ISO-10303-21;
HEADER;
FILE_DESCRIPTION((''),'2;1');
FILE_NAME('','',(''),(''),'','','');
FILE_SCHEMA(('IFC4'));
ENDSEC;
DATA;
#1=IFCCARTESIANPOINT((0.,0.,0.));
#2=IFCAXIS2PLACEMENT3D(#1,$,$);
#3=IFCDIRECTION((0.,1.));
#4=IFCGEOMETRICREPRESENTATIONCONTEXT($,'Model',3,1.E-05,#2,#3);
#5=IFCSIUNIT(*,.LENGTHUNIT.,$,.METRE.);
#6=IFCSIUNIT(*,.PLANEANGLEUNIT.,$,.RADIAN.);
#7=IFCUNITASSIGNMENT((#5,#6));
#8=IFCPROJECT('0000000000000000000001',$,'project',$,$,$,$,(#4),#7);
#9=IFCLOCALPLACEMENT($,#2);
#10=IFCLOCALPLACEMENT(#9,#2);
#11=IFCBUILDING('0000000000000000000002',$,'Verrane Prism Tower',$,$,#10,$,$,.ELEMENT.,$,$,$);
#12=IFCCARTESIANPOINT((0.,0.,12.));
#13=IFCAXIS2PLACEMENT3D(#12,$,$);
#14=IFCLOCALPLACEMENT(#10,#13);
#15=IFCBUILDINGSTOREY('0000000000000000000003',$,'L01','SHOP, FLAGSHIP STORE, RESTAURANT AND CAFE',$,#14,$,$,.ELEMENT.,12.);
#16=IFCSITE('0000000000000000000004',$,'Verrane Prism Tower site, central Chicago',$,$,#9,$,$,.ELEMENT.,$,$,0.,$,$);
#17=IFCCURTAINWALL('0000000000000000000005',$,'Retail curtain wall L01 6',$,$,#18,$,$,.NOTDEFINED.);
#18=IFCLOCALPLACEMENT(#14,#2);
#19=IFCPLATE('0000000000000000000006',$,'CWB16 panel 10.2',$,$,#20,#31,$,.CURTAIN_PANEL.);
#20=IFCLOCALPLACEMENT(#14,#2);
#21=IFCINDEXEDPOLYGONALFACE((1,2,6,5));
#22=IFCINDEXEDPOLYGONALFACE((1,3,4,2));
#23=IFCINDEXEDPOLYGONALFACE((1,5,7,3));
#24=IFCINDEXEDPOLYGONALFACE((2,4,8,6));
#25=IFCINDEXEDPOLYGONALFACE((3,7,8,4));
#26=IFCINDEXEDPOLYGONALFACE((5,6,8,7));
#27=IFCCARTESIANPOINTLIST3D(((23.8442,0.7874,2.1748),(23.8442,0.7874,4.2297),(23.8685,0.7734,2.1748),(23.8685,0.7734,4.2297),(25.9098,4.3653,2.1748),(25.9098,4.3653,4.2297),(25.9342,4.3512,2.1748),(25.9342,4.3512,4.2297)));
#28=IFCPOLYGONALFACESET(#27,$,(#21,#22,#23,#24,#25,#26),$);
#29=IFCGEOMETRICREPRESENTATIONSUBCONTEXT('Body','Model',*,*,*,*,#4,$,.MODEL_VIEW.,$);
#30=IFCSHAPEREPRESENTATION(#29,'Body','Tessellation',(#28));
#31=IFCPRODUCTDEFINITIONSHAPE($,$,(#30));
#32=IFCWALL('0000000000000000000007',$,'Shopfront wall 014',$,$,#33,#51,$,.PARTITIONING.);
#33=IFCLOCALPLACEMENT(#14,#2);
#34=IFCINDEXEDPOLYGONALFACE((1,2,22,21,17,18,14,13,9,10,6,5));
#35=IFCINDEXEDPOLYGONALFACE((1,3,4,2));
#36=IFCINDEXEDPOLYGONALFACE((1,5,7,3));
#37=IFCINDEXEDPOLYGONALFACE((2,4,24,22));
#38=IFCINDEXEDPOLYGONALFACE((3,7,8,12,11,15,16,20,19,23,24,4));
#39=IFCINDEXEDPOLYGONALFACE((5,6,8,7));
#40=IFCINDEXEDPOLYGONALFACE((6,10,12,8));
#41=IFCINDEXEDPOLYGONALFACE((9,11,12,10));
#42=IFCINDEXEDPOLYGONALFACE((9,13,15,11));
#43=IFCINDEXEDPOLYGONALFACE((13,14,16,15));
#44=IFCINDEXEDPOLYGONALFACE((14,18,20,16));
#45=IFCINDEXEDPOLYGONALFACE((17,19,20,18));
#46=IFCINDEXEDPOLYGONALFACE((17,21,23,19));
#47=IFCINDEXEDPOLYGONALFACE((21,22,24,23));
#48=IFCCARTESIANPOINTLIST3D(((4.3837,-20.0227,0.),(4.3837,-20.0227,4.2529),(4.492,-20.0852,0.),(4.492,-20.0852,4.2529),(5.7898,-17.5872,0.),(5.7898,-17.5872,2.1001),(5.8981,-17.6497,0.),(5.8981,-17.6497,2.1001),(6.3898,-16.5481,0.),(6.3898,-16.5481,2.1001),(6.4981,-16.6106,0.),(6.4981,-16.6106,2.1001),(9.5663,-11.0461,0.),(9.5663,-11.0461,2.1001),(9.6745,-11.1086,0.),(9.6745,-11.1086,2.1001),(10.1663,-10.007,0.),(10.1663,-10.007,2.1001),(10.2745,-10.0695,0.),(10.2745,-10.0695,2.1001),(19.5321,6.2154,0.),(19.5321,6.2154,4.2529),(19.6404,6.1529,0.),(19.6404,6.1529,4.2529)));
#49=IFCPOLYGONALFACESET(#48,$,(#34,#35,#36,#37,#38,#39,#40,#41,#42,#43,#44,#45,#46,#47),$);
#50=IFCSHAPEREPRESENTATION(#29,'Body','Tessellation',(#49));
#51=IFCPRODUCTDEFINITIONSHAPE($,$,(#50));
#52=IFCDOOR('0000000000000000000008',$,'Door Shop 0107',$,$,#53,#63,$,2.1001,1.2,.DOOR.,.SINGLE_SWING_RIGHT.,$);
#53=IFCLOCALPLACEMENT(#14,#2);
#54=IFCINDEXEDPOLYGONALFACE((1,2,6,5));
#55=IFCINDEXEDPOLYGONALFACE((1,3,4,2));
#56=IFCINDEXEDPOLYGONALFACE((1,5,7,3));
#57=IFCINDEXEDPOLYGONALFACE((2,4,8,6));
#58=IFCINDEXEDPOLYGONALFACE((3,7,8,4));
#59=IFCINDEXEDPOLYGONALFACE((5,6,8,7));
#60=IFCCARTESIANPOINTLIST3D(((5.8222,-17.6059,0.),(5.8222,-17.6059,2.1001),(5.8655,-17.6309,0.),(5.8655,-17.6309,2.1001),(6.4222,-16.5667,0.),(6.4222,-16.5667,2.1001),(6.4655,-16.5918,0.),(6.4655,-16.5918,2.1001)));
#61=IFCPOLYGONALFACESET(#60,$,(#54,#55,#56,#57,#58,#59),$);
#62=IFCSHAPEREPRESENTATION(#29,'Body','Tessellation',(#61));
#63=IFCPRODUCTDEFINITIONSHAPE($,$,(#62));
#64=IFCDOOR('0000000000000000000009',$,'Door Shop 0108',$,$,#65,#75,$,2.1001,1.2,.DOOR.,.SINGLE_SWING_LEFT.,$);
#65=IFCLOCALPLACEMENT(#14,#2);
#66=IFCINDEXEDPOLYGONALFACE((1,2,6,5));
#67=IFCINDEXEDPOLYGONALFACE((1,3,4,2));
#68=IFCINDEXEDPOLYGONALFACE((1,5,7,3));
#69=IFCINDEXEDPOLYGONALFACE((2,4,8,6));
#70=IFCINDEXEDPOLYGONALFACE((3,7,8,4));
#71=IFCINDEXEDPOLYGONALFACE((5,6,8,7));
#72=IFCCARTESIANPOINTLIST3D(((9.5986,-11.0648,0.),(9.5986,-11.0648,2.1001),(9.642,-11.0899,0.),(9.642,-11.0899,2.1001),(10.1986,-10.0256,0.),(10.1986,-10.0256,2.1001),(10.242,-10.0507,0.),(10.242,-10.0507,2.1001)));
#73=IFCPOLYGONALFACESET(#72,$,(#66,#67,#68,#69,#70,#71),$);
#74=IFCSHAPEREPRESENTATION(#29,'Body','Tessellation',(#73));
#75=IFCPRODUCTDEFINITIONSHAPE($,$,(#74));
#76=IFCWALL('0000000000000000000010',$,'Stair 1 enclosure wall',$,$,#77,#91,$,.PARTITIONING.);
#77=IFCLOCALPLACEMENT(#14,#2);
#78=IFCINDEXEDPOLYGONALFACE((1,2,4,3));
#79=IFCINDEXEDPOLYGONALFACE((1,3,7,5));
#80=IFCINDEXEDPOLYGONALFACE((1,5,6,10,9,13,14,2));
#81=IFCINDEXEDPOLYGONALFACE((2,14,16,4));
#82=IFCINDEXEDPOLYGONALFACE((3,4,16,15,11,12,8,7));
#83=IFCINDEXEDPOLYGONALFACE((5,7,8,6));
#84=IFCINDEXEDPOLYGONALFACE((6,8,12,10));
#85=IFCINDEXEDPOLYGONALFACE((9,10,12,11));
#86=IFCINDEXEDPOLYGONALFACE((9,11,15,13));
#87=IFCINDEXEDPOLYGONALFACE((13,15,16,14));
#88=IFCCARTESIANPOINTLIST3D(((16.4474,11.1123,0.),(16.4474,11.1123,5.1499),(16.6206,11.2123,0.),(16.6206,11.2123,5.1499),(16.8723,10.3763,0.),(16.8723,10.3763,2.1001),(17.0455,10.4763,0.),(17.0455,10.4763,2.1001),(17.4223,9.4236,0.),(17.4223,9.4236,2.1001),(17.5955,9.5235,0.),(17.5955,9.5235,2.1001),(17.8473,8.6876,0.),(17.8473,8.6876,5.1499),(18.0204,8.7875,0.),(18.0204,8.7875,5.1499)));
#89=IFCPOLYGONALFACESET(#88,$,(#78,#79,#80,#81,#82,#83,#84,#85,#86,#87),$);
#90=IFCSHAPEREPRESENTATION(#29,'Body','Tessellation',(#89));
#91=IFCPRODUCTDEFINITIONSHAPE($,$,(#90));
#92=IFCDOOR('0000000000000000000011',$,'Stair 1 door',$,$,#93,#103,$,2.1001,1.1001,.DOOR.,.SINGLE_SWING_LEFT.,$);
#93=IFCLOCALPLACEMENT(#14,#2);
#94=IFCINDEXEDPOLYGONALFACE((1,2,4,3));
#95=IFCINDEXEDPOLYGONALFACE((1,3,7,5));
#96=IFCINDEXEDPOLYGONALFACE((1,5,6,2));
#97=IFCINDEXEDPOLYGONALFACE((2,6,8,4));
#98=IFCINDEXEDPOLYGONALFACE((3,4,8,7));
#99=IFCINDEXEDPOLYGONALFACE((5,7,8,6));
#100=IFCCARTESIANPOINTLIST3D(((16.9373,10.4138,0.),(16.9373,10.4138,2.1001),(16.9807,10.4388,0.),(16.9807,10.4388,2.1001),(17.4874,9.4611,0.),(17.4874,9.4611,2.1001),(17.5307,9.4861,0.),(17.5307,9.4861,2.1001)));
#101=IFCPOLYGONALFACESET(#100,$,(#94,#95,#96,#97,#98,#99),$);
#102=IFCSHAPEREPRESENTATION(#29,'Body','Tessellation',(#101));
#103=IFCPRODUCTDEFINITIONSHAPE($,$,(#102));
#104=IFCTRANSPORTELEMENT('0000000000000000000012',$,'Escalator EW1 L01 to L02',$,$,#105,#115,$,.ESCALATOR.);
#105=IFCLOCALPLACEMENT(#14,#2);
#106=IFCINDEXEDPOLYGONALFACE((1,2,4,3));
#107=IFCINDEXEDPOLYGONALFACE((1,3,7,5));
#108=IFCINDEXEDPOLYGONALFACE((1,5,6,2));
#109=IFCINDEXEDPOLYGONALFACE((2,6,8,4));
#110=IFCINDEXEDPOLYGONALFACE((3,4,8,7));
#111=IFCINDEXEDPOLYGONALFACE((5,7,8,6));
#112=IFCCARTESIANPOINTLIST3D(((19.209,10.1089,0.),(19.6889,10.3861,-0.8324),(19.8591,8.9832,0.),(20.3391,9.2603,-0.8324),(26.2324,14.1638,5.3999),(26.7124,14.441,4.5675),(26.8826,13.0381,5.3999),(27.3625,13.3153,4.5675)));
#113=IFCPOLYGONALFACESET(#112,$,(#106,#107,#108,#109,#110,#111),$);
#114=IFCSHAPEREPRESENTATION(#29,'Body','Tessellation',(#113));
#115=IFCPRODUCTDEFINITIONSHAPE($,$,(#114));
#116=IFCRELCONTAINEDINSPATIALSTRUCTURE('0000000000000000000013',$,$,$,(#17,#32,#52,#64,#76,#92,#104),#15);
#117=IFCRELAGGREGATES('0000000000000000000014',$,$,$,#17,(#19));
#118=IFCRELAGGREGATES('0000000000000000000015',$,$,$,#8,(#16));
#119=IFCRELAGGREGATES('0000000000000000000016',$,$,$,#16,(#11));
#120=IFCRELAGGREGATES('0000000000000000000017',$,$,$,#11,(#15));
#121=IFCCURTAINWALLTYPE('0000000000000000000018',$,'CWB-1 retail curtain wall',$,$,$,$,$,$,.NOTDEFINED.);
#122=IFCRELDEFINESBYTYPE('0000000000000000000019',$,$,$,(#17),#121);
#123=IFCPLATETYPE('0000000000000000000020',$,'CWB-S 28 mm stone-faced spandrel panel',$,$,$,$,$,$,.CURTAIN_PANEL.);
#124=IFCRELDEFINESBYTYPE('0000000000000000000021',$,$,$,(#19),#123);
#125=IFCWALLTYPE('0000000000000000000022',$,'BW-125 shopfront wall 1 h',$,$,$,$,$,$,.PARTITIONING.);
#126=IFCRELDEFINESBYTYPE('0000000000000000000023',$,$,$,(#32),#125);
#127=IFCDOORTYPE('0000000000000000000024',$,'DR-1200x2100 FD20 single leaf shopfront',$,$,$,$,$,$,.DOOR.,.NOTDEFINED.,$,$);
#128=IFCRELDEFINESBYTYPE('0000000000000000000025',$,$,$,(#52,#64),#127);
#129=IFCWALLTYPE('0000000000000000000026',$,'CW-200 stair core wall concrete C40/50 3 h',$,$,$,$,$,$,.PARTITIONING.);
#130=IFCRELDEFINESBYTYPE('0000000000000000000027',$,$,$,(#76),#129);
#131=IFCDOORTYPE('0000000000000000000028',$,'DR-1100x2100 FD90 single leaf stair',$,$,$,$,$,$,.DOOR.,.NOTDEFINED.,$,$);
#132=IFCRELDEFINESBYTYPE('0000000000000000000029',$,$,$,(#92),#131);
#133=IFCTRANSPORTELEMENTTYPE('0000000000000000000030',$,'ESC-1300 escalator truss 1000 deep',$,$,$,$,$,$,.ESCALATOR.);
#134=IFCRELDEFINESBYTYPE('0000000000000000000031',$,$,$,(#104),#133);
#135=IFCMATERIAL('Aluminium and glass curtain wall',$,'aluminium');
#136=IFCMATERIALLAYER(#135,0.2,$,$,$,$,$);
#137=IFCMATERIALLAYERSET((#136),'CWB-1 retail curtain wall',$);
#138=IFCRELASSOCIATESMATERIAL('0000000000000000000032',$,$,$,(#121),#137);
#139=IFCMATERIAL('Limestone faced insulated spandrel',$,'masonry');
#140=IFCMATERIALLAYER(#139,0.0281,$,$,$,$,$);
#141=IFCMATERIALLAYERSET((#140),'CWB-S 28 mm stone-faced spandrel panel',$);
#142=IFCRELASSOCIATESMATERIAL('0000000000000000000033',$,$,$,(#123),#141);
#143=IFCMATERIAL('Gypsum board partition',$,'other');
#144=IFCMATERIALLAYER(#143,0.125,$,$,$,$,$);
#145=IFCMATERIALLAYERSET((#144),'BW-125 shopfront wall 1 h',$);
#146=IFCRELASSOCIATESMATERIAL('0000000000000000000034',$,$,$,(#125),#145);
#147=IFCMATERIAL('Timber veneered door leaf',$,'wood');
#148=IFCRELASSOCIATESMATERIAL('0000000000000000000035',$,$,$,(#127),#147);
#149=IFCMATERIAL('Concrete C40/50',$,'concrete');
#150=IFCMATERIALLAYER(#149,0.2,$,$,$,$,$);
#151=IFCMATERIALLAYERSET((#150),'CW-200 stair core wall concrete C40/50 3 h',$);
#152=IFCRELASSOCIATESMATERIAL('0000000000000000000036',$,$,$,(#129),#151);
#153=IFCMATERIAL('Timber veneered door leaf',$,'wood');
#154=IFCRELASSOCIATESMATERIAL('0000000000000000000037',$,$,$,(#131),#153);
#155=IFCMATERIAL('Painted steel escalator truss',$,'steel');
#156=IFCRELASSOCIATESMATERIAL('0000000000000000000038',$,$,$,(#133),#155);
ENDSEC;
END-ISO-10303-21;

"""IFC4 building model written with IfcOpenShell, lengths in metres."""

from ifc_helpers import new_model, si_unit, direction, frame, frame_2d, origin, origin_2d, place, context, subcontext, project, spatial, polyline, rectangle, outline, extrude, material, layer, layer_set, type_object, element, fill, aggregate, save


model = new_model("IFC4")

# Units and contexts
model_context = context("Model", 3, precision=1e-05, world=origin(), true_north=direction((0.0, 1.0)))
body_context = subcontext(model_context, "Body", "Model", "MODEL_VIEW")
ifc_project = project(units=[si_unit("LENGTHUNIT", "METRE"), si_unit("PLANEANGLEUNIT", "RADIAN")], contexts=[model_context])

# Site, building, storey
site_placement = place(None, origin())
site = spatial("IfcSite", under=ifc_project, at=site_placement, Name="Verrane Prism Tower site, central Chicago", CompositionType="ELEMENT", RefElevation=0.0)
building_placement = place(site_placement, origin())
building = spatial("IfcBuilding", under=site, at=building_placement, Name="Verrane Prism Tower", CompositionType="ELEMENT")
storey_placement = place(building_placement, frame((0.0, 0.0, 12.0)))
storey = spatial("IfcBuildingStorey", under=building, at=storey_placement, Name="L01", Description="SHOP, FLAGSHIP STORE, RESTAURANT AND CAFE", CompositionType="ELEMENT", Elevation=12.0)

# Curtain wall
ifc_material_1 = material(Name="Aluminium and glass curtain wall", Category="aluminium")
ifc_layer_1 = layer(ifc_material_1, 0.2)
ifc_layer_set_1 = layer_set([ifc_layer_1], Name="CWB-1 retail curtain wall")
curtain_wall_type = type_object("IfcCurtainWallType", Name="CWB-1 retail curtain wall", PredefinedType="NOTDEFINED", material=ifc_layer_set_1)
curtain_wall_placement = place(storey_placement, origin())
curtain_wall = element("IfcCurtainWall", 1, at=curtain_wall_placement, inside=storey, type_object=curtain_wall_type, Name="Retail curtain wall L01 6", PredefinedType="NOTDEFINED")

# Plate
ifc_material_2 = material(Name="Limestone faced insulated spandrel", Category="masonry")
ifc_layer_2 = layer(ifc_material_2, 0.0281)
ifc_layer_set_2 = layer_set([ifc_layer_2], Name="CWB-S 28 mm stone-faced spandrel panel")
plate_type = type_object("IfcPlateType", Name="CWB-S 28 mm stone-faced spandrel panel", PredefinedType="CURTAIN_PANEL", material=ifc_layer_set_2)
plate_1_placement = place(storey_placement, frame((24.8892, 2.5693, 2.1748), z_axis=(0.0, 0.0, 1.0), x_axis=(0.5, 0.866025, 0.0)))
plate_1 = element("IfcPlate", 2, at=plate_1_placement, type_object=plate_type, Name="CWB16 panel 10.2", PredefinedType="CURTAIN_PANEL", context=body_context, shape_type="SweptSolid", body=[
    extrude(rectangle(XDim=4.1313, YDim=0.0281, at=origin_2d()), origin(), (0.0, 0.0, 1.0), 2.0549),
])
aggregate(curtain_wall, [plate_1])

# Wall, openings, doors
ifc_material_3 = material(Name="Gypsum board partition", Category="other")
ifc_layer_3 = layer(ifc_material_3, 0.125)
ifc_layer_set_3 = layer_set([ifc_layer_3], Name="BW-125 shopfront wall 1 h")
wall_type_1 = type_object("IfcWallType", Name="BW-125 shopfront wall 1 h", PredefinedType="PARTITIONING", material=ifc_layer_set_3)
wall_1_placement = place(storey_placement, frame((19.5862, 6.1841, 0.0), z_axis=(0.0, 0.0, 1.0), x_axis=(-0.499994, -0.866029, 0.0)))
wall_1 = element("IfcWall", 3, at=wall_1_placement, inside=storey, type_object=wall_type_1, Name="Shopfront wall 014", PredefinedType="PARTITIONING", context=body_context, shape_type="SweptSolid", body=[
    extrude(rectangle(XDim=30.2971, YDim=0.125, at=frame_2d((15.1484, 0.0))), origin(), (0.0, 0.0, 1.0), 4.2529),
])
opening_1_placement = place(wall_1_placement, frame((26.2847, 0.0, 0.0)))
opening_1 = element("IfcOpeningElement", 4, at=opening_1_placement, cuts=wall_1, PredefinedType="OPENING", context=body_context, shape_type="SweptSolid", body=[
    extrude(rectangle(XDim=1.2, YDim=2.1001, at=frame_2d((0.6001, 1.05))), frame((0.0, 0.0725, 0.0), z_axis=(0.0, -1.0, 0.0), x_axis=(1.0, 0.0, 0.0)), (0.0, 0.0, 1.0), 0.145),
])
opening_2_placement = place(wall_1_placement, frame((18.7317, 0.0, 0.0)))
opening_2 = element("IfcOpeningElement", 5, at=opening_2_placement, cuts=wall_1, PredefinedType="OPENING", context=body_context, shape_type="SweptSolid", body=[
    extrude(rectangle(XDim=1.2, YDim=2.1001, at=frame_2d((0.6001, 1.05))), frame((0.0, 0.0725, 0.0), z_axis=(0.0, -1.0, 0.0), x_axis=(1.0, 0.0, 0.0)), (0.0, 0.0, 1.0), 0.145),
])
ifc_material_4 = material(Name="Timber veneered door leaf", Category="wood")
door_type_1 = type_object("IfcDoorType", Name="DR-1200x2100 FD20 single leaf shopfront", OperationType="NOTDEFINED", PredefinedType="DOOR", material=ifc_material_4)
door_1_placement = place(opening_1_placement, origin())
door_1 = element("IfcDoor", 6, at=door_1_placement, inside=storey, type_object=door_type_1, Name="Door Shop 0107", OperationType="SINGLE_SWING_RIGHT", OverallHeight=2.1001, OverallWidth=1.2, PredefinedType="DOOR", context=body_context, shape_type="SweptSolid", body=[
    extrude(rectangle(XDim=1.2, YDim=2.1001, at=frame_2d((0.6001, 1.05))), frame((0.0, 0.0249, 0.0), z_axis=(0.0, -1.0, 0.0), x_axis=(1.0, 0.0, 0.0)), (0.0, 0.0, 1.0), 0.05),
])
fill(opening_1, door_1)
door_2_placement = place(opening_2_placement, origin())
door_2 = element("IfcDoor", 7, at=door_2_placement, inside=storey, type_object=door_type_1, Name="Door Shop 0108", OperationType="SINGLE_SWING_LEFT", OverallHeight=2.1001, OverallWidth=1.2, PredefinedType="DOOR", context=body_context, shape_type="SweptSolid", body=[
    extrude(rectangle(XDim=1.2, YDim=2.1001, at=frame_2d((0.6001, 1.05))), frame((0.0, 0.0249, 0.0), z_axis=(0.0, -1.0, 0.0), x_axis=(1.0, 0.0, 0.0)), (0.0, 0.0, 1.0), 0.05),
])
fill(opening_2, door_2)

# Wall, opening, door
ifc_material_5 = material(Name="Concrete C40/50", Category="concrete")
ifc_layer_4 = layer(ifc_material_5, 0.2)
ifc_layer_set_4 = layer_set([ifc_layer_4], Name="CW-200 stair core wall concrete C40/50 3 h")
wall_type_2 = type_object("IfcWallType", Name="CW-200 stair core wall concrete C40/50 3 h", PredefinedType="PARTITIONING", material=ifc_layer_set_4)
wall_2_placement = place(storey_placement, frame((17.9338, 8.7375, 0.0), z_axis=(0.0, 0.0, 1.0), x_axis=(-0.499984, 0.866035, 0.0)))
wall_2 = element("IfcWall", 8, at=wall_2_placement, inside=storey, type_object=wall_type_2, Name="Stair 1 enclosure wall", PredefinedType="PARTITIONING", context=body_context, shape_type="SweptSolid", body=[
    extrude(rectangle(XDim=2.7998, YDim=0.2, at=frame_2d((1.3999, 0.0))), origin(), (0.0, 0.0, 1.0), 5.1499),
])
opening_3_placement = place(wall_2_placement, frame((0.8499, 0.0, 0.0)))
opening_3 = element("IfcOpeningElement", 9, at=opening_3_placement, cuts=wall_2, PredefinedType="OPENING", context=body_context, shape_type="SweptSolid", body=[
    extrude(rectangle(XDim=1.1001, YDim=2.1001, at=frame_2d((0.55, 1.05))), frame((0.0, 0.1099, 0.0), z_axis=(0.0, -1.0, 0.0), x_axis=(1.0, 0.0, 0.0)), (0.0, 0.0, 1.0), 0.22),
])
ifc_material_6 = material(Name="Timber veneered door leaf", Category="wood")
door_type_2 = type_object("IfcDoorType", Name="DR-1100x2100 FD90 single leaf stair", OperationType="NOTDEFINED", PredefinedType="DOOR", material=ifc_material_6)
door_3_placement = place(opening_3_placement, origin())
door_3 = element("IfcDoor", 10, at=door_3_placement, inside=storey, type_object=door_type_2, Name="Stair 1 door", OperationType="SINGLE_SWING_LEFT", OverallHeight=2.1001, OverallWidth=1.1001, PredefinedType="DOOR", context=body_context, shape_type="SweptSolid", body=[
    extrude(rectangle(XDim=1.1001, YDim=2.1001, at=frame_2d((0.55, 1.05))), frame((0.0, 0.0249, 0.0), z_axis=(0.0, -1.0, 0.0), x_axis=(1.0, 0.0, 0.0)), (0.0, 0.0, 1.0), 0.05),
])
fill(opening_3, door_3)

# Transport element
ifc_material_7 = material(Name="Painted steel escalator truss", Category="steel")
transport_element_type = type_object("IfcTransportElementType", Name="ESC-1300 escalator truss 1000 deep", PredefinedType="ESCALATOR", material=ifc_material_7)
transport_element_placement = place(storey_placement, frame((19.8591, 8.9832, 0.0), z_axis=(-0.479933, -0.277177, 0.832369), x_axis=(0.720855, 0.41618, 0.554222)))
element("IfcTransportElement", 11, at=transport_element_placement, inside=storey, type_object=transport_element_type, Name="Escalator EW1 L01 to L02", PredefinedType="ESCALATOR", context=body_context, shape_type="SweptSolid", body=[
    extrude(outline(polyline([(0.0, 0.0), (9.7432, 0.0), (9.7431, 1.3), (-0.0002, 1.3), (0.0, 0.0)])), origin(), (0.0, 0.0, -1.0), 1.0),
])

save(model, "model.ifc")
